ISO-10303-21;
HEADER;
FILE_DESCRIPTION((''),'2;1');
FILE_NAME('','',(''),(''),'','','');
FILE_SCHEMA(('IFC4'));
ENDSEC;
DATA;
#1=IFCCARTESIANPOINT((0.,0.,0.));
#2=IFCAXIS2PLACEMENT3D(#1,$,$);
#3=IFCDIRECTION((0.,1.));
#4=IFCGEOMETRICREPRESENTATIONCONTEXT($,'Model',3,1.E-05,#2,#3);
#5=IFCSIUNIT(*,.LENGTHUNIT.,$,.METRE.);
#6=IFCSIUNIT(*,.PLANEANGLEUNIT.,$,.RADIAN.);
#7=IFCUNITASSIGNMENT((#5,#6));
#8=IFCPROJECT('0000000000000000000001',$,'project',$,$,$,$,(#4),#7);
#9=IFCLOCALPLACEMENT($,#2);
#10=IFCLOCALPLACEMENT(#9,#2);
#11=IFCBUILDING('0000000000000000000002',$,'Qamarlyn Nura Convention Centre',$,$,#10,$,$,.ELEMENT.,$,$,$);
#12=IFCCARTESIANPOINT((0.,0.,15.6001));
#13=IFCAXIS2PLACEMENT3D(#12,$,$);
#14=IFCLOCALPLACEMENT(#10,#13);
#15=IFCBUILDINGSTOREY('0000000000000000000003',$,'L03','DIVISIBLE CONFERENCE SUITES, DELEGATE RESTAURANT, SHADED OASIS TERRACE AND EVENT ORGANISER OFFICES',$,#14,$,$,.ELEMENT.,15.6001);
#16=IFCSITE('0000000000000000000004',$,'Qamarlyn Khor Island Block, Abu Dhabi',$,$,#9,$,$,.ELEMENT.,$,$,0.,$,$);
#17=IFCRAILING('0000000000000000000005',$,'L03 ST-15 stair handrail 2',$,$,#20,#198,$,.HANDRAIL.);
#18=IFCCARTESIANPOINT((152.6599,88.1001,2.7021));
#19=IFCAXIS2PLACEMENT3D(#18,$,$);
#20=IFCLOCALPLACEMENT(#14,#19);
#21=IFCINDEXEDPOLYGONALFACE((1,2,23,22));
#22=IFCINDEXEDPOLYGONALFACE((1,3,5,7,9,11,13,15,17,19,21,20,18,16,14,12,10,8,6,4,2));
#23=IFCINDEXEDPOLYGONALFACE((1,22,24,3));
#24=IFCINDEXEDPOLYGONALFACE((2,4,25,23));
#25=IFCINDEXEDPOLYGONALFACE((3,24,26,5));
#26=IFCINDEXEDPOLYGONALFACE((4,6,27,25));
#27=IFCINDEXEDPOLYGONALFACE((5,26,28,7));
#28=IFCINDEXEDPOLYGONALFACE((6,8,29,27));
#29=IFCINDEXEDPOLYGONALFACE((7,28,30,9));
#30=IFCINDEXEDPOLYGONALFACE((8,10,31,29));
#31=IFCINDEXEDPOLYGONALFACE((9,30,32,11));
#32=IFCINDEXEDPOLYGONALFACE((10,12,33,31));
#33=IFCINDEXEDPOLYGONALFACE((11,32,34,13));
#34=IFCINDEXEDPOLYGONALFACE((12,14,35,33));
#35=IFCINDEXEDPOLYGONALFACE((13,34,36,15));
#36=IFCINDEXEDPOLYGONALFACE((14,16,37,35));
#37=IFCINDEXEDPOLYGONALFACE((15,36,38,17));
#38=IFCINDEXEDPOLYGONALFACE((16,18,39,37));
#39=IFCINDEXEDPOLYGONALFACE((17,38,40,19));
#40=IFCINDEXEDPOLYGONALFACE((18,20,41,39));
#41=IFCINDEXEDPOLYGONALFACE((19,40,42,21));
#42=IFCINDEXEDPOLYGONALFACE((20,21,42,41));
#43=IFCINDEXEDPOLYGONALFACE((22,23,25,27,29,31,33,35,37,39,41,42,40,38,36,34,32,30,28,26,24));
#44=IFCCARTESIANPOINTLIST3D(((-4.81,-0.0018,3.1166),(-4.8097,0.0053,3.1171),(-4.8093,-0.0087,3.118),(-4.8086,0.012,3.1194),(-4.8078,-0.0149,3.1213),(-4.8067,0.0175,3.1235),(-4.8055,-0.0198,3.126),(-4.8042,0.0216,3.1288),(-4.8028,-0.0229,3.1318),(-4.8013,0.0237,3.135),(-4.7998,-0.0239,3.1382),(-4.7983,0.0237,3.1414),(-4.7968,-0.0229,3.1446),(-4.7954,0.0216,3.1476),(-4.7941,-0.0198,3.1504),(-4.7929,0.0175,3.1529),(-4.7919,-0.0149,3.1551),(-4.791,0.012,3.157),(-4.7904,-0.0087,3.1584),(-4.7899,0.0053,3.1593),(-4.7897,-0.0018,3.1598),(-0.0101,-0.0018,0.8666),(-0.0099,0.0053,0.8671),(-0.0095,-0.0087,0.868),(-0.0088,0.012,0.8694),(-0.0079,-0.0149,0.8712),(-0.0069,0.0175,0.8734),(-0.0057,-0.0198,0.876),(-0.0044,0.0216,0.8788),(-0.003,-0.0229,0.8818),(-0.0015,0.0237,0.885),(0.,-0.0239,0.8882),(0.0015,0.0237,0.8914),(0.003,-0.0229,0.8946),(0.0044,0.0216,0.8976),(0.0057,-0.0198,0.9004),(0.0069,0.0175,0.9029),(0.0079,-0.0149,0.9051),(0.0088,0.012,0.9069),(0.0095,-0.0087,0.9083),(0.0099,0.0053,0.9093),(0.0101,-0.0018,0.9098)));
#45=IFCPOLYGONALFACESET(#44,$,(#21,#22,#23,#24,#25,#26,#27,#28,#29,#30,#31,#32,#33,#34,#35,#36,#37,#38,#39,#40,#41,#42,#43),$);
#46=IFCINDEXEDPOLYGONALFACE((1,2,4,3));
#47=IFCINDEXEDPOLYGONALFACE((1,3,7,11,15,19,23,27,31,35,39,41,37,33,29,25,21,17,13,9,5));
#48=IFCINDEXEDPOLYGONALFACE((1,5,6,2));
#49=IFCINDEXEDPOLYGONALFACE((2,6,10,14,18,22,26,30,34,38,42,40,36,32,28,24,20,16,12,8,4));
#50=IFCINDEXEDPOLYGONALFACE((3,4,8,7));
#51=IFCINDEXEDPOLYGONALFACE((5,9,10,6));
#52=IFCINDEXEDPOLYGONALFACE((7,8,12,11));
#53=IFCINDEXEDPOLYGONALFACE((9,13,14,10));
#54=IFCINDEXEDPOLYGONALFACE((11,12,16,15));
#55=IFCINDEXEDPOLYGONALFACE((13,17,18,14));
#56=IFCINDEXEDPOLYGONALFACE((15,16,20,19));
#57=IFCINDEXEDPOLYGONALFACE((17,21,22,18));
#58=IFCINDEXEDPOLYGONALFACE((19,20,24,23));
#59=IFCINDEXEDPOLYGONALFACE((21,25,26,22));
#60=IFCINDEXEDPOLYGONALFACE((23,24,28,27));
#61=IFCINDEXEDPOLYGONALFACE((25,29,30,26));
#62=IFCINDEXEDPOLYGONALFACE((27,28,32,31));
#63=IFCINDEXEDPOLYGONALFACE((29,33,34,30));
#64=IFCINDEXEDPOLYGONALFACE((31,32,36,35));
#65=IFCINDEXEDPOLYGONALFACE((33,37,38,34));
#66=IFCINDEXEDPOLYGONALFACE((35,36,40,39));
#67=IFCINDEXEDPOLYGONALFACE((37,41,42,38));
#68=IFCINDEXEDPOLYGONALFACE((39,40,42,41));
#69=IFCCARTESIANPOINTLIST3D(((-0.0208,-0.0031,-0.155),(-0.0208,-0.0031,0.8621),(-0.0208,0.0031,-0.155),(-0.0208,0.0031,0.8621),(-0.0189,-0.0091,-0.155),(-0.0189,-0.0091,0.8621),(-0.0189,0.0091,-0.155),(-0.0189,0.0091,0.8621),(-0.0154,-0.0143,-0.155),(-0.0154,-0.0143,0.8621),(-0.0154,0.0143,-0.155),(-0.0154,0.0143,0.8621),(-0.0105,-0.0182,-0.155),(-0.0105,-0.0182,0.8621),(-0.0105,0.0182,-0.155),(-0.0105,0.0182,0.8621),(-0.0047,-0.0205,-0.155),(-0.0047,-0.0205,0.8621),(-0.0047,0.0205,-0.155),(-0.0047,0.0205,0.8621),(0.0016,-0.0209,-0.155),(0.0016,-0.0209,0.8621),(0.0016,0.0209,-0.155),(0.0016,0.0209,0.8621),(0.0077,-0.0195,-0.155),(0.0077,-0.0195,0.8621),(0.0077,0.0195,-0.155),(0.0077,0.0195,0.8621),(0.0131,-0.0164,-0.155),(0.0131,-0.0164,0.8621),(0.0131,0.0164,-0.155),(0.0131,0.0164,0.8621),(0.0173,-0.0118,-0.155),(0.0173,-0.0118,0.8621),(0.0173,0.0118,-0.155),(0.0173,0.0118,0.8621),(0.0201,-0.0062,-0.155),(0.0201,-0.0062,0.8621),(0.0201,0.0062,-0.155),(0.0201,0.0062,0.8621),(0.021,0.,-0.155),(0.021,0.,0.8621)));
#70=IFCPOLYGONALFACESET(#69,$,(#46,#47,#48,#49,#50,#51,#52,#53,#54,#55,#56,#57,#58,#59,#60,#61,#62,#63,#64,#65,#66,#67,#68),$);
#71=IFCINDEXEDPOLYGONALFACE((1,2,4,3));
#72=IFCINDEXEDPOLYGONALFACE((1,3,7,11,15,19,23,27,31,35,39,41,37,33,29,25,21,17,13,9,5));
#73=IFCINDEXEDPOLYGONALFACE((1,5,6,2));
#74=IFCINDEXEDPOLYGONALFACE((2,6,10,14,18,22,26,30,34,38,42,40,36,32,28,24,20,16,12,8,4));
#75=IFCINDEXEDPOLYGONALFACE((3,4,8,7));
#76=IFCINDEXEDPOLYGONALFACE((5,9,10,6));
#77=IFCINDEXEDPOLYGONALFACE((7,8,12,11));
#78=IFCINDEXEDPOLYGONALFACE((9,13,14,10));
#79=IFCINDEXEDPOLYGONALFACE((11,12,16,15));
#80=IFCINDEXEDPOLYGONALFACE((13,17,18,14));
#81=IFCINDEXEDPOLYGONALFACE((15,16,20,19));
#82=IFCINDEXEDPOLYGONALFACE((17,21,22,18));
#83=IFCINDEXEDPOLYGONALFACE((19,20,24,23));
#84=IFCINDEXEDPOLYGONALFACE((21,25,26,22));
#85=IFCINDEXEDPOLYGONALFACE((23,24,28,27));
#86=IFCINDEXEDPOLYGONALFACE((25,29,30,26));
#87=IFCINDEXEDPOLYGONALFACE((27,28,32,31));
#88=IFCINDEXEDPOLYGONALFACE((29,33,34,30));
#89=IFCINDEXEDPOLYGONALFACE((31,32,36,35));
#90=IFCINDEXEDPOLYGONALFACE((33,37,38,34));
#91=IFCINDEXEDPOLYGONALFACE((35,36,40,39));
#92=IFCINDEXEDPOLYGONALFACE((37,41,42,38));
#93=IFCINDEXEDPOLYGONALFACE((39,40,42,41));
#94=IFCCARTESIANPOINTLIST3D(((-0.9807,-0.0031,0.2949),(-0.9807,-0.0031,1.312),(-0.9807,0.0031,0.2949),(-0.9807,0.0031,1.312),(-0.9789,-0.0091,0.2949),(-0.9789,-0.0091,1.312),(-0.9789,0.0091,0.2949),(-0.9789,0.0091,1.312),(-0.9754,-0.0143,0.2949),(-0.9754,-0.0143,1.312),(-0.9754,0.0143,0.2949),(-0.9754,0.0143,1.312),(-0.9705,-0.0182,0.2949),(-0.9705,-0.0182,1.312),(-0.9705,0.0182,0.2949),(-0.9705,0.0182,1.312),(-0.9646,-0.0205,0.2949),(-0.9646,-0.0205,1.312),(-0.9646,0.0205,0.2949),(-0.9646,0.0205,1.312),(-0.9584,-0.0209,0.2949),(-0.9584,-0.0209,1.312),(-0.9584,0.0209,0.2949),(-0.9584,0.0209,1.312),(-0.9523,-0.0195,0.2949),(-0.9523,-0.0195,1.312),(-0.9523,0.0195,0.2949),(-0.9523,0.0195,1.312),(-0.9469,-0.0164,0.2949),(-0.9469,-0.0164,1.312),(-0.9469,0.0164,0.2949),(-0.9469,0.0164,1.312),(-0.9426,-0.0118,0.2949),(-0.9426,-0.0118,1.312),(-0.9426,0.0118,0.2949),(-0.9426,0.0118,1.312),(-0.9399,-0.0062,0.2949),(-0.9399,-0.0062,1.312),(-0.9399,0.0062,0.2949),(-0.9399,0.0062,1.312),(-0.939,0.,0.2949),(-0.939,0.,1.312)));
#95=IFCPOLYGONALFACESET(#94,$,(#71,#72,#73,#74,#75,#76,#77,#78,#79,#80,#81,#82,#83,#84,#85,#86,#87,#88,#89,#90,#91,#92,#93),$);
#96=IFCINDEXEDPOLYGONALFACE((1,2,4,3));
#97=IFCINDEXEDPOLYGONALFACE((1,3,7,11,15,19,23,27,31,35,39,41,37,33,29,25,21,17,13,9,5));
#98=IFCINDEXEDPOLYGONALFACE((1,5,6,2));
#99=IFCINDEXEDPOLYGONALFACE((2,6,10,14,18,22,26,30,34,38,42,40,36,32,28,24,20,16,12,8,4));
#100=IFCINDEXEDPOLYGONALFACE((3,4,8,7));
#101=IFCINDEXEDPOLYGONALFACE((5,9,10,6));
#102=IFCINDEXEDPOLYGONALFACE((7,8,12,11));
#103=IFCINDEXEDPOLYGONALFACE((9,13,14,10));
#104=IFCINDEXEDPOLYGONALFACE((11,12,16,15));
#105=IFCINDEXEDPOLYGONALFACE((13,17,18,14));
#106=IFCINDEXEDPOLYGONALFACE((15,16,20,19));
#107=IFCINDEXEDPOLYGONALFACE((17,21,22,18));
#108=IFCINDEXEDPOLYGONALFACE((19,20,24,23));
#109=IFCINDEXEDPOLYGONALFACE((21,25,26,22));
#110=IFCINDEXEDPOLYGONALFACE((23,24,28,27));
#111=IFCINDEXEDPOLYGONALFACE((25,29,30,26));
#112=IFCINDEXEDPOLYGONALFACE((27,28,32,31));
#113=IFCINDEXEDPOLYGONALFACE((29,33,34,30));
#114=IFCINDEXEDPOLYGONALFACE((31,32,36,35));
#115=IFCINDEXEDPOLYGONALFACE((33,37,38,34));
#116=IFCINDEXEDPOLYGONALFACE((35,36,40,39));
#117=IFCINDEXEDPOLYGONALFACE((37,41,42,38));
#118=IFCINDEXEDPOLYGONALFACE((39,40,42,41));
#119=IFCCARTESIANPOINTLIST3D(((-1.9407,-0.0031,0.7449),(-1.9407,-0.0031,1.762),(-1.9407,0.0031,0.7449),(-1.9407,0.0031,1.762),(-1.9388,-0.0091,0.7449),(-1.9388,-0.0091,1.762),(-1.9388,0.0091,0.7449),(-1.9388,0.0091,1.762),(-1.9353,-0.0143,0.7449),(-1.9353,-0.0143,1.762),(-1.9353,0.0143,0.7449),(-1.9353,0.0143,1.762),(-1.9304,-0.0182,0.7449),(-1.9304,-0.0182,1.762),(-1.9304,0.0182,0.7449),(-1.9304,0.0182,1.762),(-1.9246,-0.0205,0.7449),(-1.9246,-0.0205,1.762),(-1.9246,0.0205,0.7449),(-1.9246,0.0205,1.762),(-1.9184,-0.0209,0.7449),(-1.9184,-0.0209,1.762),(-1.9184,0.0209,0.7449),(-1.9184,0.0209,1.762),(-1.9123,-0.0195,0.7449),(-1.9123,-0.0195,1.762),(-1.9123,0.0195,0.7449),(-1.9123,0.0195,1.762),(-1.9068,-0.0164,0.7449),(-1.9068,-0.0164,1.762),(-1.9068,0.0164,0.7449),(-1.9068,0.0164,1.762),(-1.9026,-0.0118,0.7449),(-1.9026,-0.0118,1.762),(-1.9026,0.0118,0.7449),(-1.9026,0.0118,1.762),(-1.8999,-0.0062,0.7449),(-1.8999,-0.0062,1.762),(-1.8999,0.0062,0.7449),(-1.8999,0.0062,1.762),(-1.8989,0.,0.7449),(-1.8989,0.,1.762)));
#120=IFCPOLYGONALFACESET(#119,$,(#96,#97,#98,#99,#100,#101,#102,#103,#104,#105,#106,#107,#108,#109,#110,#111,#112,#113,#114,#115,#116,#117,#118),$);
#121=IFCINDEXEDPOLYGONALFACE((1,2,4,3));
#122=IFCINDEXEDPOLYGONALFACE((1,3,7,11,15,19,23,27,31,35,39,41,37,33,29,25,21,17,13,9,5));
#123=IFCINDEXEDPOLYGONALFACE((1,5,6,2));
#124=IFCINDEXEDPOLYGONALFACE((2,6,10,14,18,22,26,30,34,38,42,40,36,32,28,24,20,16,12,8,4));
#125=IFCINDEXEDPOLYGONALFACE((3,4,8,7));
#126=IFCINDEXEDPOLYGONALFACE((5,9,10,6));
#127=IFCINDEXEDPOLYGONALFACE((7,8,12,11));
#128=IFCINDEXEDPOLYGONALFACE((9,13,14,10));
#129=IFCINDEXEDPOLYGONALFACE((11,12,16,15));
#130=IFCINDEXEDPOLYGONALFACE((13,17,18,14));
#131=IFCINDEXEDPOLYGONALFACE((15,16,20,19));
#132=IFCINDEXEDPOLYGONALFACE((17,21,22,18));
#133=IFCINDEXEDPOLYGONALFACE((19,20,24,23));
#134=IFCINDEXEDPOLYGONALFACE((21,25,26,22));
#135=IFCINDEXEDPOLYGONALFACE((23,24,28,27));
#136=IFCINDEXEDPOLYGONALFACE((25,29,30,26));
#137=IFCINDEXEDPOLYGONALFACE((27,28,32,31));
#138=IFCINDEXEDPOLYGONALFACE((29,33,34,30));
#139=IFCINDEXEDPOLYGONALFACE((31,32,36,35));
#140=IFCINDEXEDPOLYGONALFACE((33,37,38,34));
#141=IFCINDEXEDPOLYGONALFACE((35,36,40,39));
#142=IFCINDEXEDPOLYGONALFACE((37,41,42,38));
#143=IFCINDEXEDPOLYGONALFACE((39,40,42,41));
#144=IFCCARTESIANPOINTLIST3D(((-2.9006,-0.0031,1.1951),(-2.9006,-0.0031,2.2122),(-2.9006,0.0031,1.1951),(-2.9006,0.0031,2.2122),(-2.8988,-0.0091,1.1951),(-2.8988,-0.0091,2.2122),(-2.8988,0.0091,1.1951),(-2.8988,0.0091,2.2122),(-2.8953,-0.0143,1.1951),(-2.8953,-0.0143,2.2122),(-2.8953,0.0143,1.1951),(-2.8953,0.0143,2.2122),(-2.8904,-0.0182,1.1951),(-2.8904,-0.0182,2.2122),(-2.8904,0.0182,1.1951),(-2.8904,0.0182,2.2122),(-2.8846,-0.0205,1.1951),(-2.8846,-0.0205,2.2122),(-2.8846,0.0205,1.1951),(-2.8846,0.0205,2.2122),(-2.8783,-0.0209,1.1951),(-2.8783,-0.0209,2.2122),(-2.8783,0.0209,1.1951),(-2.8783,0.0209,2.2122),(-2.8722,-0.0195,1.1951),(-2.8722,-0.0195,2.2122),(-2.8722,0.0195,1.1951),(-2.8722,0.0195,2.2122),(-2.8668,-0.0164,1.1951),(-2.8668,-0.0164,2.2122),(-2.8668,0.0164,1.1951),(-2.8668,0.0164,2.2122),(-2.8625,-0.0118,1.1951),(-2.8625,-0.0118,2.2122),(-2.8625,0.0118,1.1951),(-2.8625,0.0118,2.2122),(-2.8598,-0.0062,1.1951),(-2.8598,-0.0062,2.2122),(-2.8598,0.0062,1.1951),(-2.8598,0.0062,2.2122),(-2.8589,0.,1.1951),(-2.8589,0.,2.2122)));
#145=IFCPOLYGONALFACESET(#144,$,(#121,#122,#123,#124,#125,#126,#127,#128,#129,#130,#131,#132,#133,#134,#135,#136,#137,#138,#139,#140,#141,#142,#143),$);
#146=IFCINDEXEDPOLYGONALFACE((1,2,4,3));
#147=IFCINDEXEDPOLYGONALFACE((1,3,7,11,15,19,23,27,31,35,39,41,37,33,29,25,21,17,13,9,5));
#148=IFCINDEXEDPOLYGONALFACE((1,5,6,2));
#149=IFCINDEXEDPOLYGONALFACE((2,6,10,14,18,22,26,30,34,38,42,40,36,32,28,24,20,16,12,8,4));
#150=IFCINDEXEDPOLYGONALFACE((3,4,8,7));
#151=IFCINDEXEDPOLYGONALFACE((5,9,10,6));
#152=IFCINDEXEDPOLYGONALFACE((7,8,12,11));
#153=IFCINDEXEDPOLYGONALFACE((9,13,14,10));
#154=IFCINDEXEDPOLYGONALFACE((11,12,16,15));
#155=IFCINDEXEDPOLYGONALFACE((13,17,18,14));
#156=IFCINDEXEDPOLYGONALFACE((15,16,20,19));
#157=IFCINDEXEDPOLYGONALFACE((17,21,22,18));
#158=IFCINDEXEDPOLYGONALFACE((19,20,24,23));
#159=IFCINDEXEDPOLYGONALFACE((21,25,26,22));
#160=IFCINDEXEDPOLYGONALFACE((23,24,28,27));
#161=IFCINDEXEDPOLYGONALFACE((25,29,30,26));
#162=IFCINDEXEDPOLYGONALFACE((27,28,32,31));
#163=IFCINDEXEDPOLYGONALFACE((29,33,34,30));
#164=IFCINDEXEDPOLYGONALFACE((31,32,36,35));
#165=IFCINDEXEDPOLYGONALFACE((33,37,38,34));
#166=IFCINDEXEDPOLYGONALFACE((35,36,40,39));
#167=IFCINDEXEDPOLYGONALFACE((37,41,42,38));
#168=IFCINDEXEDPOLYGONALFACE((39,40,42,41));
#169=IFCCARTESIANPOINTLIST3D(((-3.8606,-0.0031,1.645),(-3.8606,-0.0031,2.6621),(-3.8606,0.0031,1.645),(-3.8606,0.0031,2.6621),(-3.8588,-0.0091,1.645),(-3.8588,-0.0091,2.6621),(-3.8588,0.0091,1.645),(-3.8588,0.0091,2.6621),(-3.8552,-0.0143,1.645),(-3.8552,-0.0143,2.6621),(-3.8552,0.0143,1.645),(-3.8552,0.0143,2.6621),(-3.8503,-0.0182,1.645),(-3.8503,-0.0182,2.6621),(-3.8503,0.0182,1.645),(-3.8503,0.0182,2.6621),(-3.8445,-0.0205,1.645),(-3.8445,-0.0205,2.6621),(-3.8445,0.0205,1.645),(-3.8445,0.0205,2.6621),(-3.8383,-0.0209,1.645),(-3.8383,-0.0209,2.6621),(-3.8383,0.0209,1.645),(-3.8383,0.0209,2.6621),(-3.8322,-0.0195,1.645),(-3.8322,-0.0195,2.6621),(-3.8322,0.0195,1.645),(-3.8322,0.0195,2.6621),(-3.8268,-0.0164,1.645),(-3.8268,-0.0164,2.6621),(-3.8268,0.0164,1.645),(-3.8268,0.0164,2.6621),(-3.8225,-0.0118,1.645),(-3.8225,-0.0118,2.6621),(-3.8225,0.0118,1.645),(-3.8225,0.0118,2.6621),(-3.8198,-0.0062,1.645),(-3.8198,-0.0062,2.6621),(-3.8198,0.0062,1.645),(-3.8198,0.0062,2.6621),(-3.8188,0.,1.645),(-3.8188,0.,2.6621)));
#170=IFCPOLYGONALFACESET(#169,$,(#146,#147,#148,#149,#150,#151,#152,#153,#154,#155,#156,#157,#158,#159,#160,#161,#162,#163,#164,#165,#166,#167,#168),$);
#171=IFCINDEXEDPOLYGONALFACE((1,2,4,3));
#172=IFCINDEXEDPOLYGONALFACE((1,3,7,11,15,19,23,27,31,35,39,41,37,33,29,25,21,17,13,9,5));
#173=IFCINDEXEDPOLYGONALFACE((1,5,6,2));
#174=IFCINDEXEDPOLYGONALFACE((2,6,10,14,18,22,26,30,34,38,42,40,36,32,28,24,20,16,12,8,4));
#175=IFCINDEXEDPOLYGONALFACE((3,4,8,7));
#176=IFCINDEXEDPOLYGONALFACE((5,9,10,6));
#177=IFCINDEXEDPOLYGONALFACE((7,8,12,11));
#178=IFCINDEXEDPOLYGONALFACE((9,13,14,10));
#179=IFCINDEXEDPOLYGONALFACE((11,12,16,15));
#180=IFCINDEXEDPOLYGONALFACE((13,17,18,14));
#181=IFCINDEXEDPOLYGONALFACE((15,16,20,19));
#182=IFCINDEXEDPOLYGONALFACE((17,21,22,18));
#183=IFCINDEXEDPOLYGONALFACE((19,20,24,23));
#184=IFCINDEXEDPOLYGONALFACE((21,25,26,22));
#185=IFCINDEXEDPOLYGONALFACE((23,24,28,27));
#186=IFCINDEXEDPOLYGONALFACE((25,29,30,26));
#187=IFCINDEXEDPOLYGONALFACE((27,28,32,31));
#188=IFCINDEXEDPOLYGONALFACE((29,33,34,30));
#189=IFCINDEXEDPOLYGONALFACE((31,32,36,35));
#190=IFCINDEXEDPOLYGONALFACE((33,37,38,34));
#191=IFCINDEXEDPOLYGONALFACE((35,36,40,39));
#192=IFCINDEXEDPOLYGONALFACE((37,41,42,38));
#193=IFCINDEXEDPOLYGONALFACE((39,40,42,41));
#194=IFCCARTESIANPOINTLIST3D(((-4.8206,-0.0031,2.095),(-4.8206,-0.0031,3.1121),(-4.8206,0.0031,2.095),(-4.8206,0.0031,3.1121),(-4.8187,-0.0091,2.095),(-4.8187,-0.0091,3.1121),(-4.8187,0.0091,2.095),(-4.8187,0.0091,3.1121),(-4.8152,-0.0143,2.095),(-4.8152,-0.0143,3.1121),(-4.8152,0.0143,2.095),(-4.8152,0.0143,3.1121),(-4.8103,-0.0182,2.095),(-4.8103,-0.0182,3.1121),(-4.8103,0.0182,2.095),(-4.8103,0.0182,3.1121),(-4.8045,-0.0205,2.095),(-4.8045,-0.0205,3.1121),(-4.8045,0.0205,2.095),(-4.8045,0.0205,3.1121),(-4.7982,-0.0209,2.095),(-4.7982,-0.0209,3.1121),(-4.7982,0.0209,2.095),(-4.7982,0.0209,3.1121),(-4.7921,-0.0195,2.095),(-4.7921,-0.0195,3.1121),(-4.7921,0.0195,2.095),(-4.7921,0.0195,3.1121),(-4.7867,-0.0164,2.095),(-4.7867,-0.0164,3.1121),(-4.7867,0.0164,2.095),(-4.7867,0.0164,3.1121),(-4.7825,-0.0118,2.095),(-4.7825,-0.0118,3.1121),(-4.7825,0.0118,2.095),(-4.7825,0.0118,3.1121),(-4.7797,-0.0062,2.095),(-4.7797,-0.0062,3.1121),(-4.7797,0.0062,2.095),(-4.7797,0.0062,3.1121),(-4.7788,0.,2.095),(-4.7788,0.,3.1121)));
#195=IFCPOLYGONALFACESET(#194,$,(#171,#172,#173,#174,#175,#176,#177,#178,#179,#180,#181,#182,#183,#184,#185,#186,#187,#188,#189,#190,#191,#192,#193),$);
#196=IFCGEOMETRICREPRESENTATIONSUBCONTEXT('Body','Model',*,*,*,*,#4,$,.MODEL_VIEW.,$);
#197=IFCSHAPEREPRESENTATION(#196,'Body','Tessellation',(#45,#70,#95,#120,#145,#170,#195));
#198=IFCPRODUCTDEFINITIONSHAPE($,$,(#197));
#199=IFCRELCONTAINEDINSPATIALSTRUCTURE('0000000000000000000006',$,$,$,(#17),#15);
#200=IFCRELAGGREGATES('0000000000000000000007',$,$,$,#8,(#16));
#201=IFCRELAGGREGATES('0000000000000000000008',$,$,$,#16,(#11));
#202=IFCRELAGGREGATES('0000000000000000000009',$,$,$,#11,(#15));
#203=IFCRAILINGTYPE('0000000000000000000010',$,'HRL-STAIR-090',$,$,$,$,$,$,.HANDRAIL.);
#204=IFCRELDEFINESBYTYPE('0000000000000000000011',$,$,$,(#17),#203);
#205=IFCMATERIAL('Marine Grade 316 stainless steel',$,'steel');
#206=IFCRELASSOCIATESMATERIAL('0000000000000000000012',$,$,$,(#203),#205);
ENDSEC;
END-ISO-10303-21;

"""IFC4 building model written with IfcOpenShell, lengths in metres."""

from ifc_helpers import new_model, si_unit, direction, frame, origin, origin_2d, place, context, subcontext, project, spatial, circle, extrude, material, type_object, element, save


model = new_model("IFC4")

# Units and contexts
model_context = context("Model", 3, precision=1e-05, world=origin(), true_north=direction((0.0, 1.0)))
body_context = subcontext(model_context, "Body", "Model", "MODEL_VIEW")
ifc_project = project(units=[si_unit("LENGTHUNIT", "METRE"), si_unit("PLANEANGLEUNIT", "RADIAN")], contexts=[model_context])

# Site, building, storey
site_placement = place(None, origin())
site = spatial("IfcSite", under=ifc_project, at=site_placement, Name="Qamarlyn Khor Island Block, Abu Dhabi", CompositionType="ELEMENT", RefElevation=0.0)
building_placement = place(site_placement, origin())
building = spatial("IfcBuilding", under=site, at=building_placement, Name="Qamarlyn Nura Convention Centre", CompositionType="ELEMENT")
storey_placement = place(building_placement, frame((0.0, 0.0, 15.6001)))
storey = spatial("IfcBuildingStorey", under=building, at=storey_placement, Name="L03", Description="DIVISIBLE CONFERENCE SUITES, DELEGATE RESTAURANT, SHADED OASIS TERRACE AND EVENT ORGANISER OFFICES", CompositionType="ELEMENT", Elevation=15.6001)

# Railing
ifc_material_1 = material(Name="Marine Grade 316 stainless steel", Category="steel")
railing_type_1 = type_object("IfcRailingType", Name="HRL-STAIR-090", PredefinedType="HANDRAIL", material=ifc_material_1)
railing_1_placement = place(storey_placement, frame((152.6599, 88.1001, 2.7021)))
element("IfcRailing", 1, at=railing_1_placement, inside=storey, type_object=railing_type_1, Name="L03 ST-15 stair handrail 2", PredefinedType="HANDRAIL", context=body_context, shape_type="SweptSolid", body=[
    extrude(circle(Radius=0.0239, at=origin_2d()), frame((0.0, 0.0, 0.8882), z_axis=(-0.905452, 0.0, 0.424448), x_axis=(0.0, -1.0, 0.0)), (0.0, 0.0, 1.0), 5.301),
    extrude(circle(Radius=0.021, at=origin_2d()), frame((0.0, 0.0, -0.155)), (0.0, 0.0, 1.0), 1.0171),
    extrude(circle(Radius=0.021, at=origin_2d()), frame((-0.96, 0.0, 0.2949)), (0.0, 0.0, 1.0), 1.0171),
    extrude(circle(Radius=0.021, at=origin_2d()), frame((-1.9199, 0.0, 0.7449)), (0.0, 0.0, 1.0), 1.0171),
    extrude(circle(Radius=0.021, at=origin_2d()), frame((-2.8799, 0.0, 1.1951)), (0.0, 0.0, 1.0), 1.0171),
    extrude(circle(Radius=0.021, at=origin_2d()), frame((-3.8398, 0.0, 1.645)), (0.0, 0.0, 1.0), 1.0171),
    extrude(circle(Radius=0.021, at=origin_2d()), frame((-4.7998, 0.0, 2.095)), (0.0, 0.0, 1.0), 1.0171),
])

save(model, "model.ifc")
